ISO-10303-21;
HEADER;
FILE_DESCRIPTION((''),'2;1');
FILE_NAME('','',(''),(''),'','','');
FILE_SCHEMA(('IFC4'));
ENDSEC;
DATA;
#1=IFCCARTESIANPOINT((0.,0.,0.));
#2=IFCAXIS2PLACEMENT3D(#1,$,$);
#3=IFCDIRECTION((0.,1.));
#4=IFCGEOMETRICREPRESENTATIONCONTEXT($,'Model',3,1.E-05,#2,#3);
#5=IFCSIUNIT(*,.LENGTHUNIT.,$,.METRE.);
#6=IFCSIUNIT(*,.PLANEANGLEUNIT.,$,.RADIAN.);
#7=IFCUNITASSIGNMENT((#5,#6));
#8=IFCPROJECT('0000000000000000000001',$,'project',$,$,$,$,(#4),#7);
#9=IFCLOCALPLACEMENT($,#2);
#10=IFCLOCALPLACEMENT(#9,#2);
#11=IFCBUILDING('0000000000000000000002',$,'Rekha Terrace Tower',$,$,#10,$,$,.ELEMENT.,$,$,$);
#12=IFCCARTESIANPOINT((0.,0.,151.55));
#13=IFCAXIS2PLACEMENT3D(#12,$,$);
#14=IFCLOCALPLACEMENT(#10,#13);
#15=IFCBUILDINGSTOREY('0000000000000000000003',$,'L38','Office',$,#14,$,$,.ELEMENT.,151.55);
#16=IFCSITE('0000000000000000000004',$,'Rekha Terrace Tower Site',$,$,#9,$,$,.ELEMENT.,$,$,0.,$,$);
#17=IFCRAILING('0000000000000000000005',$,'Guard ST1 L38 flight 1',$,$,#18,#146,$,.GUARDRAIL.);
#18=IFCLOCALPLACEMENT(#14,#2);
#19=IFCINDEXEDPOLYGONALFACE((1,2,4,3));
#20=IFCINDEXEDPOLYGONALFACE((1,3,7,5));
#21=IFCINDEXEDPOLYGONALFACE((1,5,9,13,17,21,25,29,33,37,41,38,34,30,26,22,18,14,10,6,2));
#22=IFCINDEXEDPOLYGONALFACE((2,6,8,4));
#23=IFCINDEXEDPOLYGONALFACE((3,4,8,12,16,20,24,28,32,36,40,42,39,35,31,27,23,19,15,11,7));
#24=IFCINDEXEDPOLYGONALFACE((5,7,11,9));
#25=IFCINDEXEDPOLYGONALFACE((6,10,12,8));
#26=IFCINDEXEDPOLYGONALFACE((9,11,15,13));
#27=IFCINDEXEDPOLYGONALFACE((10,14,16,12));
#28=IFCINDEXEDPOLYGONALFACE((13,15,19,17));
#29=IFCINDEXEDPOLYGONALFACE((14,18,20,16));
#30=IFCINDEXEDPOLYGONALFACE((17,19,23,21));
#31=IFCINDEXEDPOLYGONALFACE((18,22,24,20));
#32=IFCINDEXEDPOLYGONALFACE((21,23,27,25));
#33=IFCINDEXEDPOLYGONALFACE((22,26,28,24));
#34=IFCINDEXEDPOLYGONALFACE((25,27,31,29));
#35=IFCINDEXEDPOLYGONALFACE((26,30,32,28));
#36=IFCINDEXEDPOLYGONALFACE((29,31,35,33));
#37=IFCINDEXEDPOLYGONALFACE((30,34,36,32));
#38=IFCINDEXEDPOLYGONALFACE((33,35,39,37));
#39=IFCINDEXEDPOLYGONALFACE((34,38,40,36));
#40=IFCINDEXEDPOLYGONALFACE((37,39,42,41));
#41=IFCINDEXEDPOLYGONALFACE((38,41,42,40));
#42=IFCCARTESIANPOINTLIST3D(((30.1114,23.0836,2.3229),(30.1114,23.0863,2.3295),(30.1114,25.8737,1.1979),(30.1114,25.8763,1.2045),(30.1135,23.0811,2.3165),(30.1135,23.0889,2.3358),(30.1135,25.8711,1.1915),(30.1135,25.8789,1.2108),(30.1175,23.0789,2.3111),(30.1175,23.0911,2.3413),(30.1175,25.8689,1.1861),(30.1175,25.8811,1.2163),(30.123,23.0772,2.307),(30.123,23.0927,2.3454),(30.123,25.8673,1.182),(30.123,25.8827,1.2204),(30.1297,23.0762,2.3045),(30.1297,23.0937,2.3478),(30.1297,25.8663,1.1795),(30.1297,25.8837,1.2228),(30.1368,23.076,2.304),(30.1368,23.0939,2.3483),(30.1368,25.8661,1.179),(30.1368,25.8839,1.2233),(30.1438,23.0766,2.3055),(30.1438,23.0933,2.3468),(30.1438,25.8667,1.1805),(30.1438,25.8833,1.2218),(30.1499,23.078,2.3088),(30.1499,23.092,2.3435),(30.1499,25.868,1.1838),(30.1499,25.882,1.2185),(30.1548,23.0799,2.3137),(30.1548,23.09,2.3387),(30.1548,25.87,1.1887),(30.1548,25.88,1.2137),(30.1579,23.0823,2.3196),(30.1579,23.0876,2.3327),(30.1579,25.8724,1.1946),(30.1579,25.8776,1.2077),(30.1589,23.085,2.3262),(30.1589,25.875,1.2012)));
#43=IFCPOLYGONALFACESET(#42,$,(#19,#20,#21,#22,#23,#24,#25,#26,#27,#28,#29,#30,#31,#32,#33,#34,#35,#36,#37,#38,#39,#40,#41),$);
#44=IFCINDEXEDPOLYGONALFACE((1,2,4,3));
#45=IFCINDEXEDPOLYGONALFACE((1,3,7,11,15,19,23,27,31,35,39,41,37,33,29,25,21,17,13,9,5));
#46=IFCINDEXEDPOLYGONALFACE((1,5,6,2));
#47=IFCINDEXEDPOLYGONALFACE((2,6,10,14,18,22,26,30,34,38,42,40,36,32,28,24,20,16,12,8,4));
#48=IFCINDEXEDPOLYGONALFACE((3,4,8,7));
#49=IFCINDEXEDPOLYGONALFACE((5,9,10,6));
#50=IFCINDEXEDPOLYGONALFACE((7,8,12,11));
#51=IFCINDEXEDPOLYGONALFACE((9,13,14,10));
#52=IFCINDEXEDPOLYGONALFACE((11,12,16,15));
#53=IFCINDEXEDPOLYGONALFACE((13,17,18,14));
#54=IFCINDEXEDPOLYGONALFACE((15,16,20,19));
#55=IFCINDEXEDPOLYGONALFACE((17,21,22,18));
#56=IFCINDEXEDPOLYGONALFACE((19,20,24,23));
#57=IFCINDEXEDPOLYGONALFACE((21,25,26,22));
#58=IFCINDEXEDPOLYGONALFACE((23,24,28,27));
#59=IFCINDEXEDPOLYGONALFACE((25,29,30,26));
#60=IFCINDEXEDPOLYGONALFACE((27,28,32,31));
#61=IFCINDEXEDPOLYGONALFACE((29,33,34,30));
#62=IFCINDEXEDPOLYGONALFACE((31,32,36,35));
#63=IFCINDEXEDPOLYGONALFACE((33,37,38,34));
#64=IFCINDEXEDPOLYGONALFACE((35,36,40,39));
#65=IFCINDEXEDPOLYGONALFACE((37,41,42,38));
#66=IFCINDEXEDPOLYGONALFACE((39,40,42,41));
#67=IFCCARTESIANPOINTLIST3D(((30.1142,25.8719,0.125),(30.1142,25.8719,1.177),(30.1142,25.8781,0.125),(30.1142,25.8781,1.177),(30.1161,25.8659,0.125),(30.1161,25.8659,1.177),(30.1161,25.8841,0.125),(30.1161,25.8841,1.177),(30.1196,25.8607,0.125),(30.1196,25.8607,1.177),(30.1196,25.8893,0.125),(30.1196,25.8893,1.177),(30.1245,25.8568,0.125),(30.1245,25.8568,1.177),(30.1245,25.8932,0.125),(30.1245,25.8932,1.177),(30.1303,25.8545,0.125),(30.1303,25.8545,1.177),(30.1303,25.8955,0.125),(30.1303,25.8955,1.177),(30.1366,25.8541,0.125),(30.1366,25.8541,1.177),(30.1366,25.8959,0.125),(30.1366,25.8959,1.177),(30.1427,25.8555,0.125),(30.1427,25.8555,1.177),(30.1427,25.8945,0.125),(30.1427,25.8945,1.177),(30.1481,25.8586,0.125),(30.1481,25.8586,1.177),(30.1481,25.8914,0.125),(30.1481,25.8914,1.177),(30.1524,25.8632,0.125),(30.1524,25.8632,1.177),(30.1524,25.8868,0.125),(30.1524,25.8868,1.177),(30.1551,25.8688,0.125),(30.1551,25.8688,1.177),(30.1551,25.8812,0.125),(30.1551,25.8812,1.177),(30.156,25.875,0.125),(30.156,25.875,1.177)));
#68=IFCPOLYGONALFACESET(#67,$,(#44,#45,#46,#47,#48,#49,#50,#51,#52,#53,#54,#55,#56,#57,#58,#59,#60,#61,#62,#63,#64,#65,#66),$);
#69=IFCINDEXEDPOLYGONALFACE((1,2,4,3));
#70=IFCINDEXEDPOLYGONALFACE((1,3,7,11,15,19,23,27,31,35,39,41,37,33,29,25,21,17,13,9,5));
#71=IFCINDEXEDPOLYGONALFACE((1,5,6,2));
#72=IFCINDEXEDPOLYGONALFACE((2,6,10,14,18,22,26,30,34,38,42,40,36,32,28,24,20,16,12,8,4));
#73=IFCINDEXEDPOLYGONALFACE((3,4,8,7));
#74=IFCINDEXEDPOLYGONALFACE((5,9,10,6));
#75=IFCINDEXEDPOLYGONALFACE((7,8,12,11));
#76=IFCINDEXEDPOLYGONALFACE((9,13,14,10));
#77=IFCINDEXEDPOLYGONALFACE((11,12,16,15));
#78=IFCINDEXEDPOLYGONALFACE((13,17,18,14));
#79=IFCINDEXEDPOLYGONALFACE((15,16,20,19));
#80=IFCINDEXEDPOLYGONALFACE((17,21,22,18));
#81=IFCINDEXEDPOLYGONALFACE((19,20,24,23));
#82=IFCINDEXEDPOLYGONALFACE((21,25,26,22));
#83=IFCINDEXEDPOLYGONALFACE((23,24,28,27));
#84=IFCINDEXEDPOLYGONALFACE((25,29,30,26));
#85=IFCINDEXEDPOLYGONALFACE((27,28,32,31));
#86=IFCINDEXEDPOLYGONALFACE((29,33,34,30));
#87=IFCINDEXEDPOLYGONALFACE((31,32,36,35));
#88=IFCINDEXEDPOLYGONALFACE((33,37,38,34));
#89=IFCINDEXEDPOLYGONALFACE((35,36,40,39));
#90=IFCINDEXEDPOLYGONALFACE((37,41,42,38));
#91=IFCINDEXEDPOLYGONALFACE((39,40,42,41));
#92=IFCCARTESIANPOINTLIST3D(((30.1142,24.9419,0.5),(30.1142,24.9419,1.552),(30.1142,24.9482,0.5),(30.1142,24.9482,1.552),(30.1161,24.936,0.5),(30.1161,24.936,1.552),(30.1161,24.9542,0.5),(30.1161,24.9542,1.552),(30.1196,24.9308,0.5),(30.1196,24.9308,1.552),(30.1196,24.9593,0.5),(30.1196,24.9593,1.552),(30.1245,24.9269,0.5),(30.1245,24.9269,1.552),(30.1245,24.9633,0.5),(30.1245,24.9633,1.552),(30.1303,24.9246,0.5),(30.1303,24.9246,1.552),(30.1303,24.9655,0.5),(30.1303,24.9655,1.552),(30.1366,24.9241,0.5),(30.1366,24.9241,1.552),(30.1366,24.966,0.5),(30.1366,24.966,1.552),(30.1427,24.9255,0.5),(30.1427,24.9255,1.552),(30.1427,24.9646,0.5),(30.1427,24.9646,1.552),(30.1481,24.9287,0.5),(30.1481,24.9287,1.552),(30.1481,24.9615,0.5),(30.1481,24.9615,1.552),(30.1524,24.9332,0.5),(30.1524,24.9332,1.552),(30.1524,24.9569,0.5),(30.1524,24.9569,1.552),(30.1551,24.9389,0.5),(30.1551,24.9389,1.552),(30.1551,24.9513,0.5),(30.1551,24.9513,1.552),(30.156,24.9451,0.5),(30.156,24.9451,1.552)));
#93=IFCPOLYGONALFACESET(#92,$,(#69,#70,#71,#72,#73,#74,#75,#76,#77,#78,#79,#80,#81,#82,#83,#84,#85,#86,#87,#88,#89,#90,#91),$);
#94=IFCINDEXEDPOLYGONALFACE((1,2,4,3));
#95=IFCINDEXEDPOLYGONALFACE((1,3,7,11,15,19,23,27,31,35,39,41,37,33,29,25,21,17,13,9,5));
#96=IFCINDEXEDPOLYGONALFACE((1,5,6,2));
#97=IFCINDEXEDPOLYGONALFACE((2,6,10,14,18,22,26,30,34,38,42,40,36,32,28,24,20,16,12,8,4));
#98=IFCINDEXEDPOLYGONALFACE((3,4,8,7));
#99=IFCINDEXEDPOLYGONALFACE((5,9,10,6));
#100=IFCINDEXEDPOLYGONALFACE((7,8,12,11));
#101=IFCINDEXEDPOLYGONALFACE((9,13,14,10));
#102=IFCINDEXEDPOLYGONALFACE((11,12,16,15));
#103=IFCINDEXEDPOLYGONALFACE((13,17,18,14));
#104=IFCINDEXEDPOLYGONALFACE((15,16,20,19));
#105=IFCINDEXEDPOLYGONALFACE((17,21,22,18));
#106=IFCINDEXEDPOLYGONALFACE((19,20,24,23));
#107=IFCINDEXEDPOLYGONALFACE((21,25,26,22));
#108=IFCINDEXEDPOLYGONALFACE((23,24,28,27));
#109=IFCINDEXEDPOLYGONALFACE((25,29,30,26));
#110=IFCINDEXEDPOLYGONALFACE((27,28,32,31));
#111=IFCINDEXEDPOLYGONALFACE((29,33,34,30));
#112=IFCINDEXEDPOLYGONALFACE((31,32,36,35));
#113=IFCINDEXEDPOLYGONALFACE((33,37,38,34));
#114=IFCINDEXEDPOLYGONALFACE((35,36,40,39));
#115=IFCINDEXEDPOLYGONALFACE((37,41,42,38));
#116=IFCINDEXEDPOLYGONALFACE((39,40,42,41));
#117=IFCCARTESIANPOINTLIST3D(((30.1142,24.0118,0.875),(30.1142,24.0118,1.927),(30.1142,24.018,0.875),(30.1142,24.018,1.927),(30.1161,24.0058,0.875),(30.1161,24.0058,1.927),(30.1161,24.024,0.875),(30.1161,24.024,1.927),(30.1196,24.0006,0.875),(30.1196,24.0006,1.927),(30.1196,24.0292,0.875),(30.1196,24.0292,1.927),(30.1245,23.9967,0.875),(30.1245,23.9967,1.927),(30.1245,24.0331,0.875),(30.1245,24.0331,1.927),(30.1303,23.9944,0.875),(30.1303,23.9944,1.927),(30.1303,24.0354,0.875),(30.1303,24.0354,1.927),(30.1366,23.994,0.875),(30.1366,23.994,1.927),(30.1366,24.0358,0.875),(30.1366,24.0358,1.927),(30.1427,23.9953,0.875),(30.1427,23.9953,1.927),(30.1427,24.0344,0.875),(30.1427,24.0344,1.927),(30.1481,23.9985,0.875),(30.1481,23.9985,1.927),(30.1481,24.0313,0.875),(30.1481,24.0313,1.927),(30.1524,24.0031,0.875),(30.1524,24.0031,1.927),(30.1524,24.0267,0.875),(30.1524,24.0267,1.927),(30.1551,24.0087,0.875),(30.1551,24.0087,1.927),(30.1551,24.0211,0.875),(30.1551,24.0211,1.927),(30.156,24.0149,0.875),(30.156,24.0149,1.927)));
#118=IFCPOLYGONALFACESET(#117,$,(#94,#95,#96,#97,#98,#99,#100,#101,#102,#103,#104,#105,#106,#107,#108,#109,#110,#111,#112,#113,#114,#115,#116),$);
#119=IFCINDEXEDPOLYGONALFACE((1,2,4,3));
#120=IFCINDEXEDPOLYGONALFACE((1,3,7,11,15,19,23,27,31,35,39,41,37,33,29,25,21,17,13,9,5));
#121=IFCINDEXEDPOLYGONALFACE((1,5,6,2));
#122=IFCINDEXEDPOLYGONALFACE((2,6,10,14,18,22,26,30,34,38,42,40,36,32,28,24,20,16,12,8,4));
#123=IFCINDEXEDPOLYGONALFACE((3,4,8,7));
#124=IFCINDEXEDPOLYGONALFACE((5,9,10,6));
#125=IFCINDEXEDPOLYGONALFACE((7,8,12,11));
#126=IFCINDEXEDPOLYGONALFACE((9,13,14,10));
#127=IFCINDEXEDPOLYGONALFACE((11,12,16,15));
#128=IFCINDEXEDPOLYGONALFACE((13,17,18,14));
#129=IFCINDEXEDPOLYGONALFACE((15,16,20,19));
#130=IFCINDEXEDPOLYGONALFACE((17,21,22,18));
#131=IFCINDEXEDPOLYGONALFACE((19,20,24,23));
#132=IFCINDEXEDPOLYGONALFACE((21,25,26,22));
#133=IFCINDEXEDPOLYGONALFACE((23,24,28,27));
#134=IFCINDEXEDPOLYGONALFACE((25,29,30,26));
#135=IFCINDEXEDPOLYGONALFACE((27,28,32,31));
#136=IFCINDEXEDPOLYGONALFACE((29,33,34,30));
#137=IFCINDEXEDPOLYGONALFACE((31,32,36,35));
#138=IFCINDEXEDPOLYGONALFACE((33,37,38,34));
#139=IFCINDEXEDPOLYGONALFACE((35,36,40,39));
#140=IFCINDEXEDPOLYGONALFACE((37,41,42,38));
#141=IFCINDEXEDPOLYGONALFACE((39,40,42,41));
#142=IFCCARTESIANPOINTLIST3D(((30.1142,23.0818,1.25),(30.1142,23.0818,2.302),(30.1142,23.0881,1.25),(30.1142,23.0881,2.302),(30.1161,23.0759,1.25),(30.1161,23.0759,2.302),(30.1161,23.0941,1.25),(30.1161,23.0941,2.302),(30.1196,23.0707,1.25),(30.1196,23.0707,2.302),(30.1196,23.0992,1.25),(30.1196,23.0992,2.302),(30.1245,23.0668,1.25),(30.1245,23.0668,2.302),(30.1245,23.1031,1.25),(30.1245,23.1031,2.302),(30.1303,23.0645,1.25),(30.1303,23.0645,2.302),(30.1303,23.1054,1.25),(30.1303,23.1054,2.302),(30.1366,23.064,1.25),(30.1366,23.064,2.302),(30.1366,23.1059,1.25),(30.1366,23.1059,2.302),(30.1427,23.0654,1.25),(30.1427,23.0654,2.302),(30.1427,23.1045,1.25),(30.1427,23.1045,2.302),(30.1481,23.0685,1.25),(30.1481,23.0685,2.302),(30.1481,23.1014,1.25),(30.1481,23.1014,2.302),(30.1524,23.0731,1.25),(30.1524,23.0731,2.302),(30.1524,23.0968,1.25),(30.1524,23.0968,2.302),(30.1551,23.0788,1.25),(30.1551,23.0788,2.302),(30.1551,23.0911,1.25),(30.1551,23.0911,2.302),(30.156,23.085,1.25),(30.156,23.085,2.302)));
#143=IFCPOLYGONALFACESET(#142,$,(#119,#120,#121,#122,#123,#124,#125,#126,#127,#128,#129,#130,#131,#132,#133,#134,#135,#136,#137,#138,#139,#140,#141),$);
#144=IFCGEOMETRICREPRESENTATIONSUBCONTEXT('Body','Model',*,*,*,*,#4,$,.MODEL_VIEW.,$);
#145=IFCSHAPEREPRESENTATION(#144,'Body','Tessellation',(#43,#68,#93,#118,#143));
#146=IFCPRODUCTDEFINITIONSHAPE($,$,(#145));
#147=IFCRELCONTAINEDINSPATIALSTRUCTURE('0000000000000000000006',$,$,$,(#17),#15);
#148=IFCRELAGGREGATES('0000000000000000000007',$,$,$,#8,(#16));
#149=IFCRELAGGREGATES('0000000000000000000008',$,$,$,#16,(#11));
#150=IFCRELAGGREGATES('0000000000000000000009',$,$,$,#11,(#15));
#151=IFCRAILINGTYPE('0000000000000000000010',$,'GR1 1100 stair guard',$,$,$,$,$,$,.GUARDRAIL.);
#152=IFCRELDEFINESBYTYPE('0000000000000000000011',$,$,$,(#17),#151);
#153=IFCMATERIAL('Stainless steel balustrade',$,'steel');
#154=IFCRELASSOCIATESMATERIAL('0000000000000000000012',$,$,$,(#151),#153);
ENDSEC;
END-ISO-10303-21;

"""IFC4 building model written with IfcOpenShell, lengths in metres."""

from ifc_helpers import new_model, si_unit, direction, frame, origin, origin_2d, place, context, subcontext, project, spatial, circle, extrude, material, type_object, element, save


model = new_model("IFC4")

# Units and contexts
model_context = context("Model", 3, precision=1e-05, world=origin(), true_north=direction((0.0, 1.0)))
body_context = subcontext(model_context, "Body", "Model", "MODEL_VIEW")
ifc_project = project(units=[si_unit("LENGTHUNIT", "METRE"), si_unit("PLANEANGLEUNIT", "RADIAN")], contexts=[model_context])

# Site, building, storey
site_placement = place(None, origin())
site = spatial("IfcSite", under=ifc_project, at=site_placement, Name="Rekha Terrace Tower Site", CompositionType="ELEMENT", RefElevation=0.0)
building_placement = place(site_placement, origin())
building = spatial("IfcBuilding", under=site, at=building_placement, Name="Rekha Terrace Tower", CompositionType="ELEMENT")
storey_placement = place(building_placement, frame((0.0, 0.0, 151.55)))
storey = spatial("IfcBuildingStorey", under=building, at=storey_placement, Name="L38", Description="Office", CompositionType="ELEMENT", Elevation=151.55)

# Railing
ifc_material_1 = material(Name="Stainless steel balustrade", Category="steel")
railing_type_1 = type_object("IfcRailingType", Name="GR1 1100 stair guard", PredefinedType="GUARDRAIL", material=ifc_material_1)
railing_1_placement = place(storey_placement, frame((30.135, 25.875, 0.125)))
element("IfcRailing", 1, at=railing_1_placement, inside=storey, type_object=railing_type_1, Name="Guard ST1 L38 flight 1", PredefinedType="GUARDRAIL", context=body_context, shape_type="SweptSolid", body=[
    extrude(circle(Radius=0.0239, at=origin_2d()), frame((0.0, 0.0, 1.0762), z_axis=(0.0, -0.927443, 0.373964), x_axis=(1.0, 0.0, 0.0)), (0.0, 0.0, 1.0), 3.0083),
    extrude(circle(Radius=0.021, at=origin_2d()), origin(), (0.0, 0.0, 1.0), 1.052),
    extrude(circle(Radius=0.021, at=origin_2d()), frame((0.0, -0.9299, 0.375)), (0.0, 0.0, 1.0), 1.052),
    extrude(circle(Radius=0.021, at=origin_2d()), frame((0.0, -1.8601, 0.75)), (0.0, 0.0, 1.0), 1.052),
    extrude(circle(Radius=0.021, at=origin_2d()), frame((0.0, -2.79, 1.125)), (0.0, 0.0, 1.0), 1.052),
])

save(model, "model.ifc")
